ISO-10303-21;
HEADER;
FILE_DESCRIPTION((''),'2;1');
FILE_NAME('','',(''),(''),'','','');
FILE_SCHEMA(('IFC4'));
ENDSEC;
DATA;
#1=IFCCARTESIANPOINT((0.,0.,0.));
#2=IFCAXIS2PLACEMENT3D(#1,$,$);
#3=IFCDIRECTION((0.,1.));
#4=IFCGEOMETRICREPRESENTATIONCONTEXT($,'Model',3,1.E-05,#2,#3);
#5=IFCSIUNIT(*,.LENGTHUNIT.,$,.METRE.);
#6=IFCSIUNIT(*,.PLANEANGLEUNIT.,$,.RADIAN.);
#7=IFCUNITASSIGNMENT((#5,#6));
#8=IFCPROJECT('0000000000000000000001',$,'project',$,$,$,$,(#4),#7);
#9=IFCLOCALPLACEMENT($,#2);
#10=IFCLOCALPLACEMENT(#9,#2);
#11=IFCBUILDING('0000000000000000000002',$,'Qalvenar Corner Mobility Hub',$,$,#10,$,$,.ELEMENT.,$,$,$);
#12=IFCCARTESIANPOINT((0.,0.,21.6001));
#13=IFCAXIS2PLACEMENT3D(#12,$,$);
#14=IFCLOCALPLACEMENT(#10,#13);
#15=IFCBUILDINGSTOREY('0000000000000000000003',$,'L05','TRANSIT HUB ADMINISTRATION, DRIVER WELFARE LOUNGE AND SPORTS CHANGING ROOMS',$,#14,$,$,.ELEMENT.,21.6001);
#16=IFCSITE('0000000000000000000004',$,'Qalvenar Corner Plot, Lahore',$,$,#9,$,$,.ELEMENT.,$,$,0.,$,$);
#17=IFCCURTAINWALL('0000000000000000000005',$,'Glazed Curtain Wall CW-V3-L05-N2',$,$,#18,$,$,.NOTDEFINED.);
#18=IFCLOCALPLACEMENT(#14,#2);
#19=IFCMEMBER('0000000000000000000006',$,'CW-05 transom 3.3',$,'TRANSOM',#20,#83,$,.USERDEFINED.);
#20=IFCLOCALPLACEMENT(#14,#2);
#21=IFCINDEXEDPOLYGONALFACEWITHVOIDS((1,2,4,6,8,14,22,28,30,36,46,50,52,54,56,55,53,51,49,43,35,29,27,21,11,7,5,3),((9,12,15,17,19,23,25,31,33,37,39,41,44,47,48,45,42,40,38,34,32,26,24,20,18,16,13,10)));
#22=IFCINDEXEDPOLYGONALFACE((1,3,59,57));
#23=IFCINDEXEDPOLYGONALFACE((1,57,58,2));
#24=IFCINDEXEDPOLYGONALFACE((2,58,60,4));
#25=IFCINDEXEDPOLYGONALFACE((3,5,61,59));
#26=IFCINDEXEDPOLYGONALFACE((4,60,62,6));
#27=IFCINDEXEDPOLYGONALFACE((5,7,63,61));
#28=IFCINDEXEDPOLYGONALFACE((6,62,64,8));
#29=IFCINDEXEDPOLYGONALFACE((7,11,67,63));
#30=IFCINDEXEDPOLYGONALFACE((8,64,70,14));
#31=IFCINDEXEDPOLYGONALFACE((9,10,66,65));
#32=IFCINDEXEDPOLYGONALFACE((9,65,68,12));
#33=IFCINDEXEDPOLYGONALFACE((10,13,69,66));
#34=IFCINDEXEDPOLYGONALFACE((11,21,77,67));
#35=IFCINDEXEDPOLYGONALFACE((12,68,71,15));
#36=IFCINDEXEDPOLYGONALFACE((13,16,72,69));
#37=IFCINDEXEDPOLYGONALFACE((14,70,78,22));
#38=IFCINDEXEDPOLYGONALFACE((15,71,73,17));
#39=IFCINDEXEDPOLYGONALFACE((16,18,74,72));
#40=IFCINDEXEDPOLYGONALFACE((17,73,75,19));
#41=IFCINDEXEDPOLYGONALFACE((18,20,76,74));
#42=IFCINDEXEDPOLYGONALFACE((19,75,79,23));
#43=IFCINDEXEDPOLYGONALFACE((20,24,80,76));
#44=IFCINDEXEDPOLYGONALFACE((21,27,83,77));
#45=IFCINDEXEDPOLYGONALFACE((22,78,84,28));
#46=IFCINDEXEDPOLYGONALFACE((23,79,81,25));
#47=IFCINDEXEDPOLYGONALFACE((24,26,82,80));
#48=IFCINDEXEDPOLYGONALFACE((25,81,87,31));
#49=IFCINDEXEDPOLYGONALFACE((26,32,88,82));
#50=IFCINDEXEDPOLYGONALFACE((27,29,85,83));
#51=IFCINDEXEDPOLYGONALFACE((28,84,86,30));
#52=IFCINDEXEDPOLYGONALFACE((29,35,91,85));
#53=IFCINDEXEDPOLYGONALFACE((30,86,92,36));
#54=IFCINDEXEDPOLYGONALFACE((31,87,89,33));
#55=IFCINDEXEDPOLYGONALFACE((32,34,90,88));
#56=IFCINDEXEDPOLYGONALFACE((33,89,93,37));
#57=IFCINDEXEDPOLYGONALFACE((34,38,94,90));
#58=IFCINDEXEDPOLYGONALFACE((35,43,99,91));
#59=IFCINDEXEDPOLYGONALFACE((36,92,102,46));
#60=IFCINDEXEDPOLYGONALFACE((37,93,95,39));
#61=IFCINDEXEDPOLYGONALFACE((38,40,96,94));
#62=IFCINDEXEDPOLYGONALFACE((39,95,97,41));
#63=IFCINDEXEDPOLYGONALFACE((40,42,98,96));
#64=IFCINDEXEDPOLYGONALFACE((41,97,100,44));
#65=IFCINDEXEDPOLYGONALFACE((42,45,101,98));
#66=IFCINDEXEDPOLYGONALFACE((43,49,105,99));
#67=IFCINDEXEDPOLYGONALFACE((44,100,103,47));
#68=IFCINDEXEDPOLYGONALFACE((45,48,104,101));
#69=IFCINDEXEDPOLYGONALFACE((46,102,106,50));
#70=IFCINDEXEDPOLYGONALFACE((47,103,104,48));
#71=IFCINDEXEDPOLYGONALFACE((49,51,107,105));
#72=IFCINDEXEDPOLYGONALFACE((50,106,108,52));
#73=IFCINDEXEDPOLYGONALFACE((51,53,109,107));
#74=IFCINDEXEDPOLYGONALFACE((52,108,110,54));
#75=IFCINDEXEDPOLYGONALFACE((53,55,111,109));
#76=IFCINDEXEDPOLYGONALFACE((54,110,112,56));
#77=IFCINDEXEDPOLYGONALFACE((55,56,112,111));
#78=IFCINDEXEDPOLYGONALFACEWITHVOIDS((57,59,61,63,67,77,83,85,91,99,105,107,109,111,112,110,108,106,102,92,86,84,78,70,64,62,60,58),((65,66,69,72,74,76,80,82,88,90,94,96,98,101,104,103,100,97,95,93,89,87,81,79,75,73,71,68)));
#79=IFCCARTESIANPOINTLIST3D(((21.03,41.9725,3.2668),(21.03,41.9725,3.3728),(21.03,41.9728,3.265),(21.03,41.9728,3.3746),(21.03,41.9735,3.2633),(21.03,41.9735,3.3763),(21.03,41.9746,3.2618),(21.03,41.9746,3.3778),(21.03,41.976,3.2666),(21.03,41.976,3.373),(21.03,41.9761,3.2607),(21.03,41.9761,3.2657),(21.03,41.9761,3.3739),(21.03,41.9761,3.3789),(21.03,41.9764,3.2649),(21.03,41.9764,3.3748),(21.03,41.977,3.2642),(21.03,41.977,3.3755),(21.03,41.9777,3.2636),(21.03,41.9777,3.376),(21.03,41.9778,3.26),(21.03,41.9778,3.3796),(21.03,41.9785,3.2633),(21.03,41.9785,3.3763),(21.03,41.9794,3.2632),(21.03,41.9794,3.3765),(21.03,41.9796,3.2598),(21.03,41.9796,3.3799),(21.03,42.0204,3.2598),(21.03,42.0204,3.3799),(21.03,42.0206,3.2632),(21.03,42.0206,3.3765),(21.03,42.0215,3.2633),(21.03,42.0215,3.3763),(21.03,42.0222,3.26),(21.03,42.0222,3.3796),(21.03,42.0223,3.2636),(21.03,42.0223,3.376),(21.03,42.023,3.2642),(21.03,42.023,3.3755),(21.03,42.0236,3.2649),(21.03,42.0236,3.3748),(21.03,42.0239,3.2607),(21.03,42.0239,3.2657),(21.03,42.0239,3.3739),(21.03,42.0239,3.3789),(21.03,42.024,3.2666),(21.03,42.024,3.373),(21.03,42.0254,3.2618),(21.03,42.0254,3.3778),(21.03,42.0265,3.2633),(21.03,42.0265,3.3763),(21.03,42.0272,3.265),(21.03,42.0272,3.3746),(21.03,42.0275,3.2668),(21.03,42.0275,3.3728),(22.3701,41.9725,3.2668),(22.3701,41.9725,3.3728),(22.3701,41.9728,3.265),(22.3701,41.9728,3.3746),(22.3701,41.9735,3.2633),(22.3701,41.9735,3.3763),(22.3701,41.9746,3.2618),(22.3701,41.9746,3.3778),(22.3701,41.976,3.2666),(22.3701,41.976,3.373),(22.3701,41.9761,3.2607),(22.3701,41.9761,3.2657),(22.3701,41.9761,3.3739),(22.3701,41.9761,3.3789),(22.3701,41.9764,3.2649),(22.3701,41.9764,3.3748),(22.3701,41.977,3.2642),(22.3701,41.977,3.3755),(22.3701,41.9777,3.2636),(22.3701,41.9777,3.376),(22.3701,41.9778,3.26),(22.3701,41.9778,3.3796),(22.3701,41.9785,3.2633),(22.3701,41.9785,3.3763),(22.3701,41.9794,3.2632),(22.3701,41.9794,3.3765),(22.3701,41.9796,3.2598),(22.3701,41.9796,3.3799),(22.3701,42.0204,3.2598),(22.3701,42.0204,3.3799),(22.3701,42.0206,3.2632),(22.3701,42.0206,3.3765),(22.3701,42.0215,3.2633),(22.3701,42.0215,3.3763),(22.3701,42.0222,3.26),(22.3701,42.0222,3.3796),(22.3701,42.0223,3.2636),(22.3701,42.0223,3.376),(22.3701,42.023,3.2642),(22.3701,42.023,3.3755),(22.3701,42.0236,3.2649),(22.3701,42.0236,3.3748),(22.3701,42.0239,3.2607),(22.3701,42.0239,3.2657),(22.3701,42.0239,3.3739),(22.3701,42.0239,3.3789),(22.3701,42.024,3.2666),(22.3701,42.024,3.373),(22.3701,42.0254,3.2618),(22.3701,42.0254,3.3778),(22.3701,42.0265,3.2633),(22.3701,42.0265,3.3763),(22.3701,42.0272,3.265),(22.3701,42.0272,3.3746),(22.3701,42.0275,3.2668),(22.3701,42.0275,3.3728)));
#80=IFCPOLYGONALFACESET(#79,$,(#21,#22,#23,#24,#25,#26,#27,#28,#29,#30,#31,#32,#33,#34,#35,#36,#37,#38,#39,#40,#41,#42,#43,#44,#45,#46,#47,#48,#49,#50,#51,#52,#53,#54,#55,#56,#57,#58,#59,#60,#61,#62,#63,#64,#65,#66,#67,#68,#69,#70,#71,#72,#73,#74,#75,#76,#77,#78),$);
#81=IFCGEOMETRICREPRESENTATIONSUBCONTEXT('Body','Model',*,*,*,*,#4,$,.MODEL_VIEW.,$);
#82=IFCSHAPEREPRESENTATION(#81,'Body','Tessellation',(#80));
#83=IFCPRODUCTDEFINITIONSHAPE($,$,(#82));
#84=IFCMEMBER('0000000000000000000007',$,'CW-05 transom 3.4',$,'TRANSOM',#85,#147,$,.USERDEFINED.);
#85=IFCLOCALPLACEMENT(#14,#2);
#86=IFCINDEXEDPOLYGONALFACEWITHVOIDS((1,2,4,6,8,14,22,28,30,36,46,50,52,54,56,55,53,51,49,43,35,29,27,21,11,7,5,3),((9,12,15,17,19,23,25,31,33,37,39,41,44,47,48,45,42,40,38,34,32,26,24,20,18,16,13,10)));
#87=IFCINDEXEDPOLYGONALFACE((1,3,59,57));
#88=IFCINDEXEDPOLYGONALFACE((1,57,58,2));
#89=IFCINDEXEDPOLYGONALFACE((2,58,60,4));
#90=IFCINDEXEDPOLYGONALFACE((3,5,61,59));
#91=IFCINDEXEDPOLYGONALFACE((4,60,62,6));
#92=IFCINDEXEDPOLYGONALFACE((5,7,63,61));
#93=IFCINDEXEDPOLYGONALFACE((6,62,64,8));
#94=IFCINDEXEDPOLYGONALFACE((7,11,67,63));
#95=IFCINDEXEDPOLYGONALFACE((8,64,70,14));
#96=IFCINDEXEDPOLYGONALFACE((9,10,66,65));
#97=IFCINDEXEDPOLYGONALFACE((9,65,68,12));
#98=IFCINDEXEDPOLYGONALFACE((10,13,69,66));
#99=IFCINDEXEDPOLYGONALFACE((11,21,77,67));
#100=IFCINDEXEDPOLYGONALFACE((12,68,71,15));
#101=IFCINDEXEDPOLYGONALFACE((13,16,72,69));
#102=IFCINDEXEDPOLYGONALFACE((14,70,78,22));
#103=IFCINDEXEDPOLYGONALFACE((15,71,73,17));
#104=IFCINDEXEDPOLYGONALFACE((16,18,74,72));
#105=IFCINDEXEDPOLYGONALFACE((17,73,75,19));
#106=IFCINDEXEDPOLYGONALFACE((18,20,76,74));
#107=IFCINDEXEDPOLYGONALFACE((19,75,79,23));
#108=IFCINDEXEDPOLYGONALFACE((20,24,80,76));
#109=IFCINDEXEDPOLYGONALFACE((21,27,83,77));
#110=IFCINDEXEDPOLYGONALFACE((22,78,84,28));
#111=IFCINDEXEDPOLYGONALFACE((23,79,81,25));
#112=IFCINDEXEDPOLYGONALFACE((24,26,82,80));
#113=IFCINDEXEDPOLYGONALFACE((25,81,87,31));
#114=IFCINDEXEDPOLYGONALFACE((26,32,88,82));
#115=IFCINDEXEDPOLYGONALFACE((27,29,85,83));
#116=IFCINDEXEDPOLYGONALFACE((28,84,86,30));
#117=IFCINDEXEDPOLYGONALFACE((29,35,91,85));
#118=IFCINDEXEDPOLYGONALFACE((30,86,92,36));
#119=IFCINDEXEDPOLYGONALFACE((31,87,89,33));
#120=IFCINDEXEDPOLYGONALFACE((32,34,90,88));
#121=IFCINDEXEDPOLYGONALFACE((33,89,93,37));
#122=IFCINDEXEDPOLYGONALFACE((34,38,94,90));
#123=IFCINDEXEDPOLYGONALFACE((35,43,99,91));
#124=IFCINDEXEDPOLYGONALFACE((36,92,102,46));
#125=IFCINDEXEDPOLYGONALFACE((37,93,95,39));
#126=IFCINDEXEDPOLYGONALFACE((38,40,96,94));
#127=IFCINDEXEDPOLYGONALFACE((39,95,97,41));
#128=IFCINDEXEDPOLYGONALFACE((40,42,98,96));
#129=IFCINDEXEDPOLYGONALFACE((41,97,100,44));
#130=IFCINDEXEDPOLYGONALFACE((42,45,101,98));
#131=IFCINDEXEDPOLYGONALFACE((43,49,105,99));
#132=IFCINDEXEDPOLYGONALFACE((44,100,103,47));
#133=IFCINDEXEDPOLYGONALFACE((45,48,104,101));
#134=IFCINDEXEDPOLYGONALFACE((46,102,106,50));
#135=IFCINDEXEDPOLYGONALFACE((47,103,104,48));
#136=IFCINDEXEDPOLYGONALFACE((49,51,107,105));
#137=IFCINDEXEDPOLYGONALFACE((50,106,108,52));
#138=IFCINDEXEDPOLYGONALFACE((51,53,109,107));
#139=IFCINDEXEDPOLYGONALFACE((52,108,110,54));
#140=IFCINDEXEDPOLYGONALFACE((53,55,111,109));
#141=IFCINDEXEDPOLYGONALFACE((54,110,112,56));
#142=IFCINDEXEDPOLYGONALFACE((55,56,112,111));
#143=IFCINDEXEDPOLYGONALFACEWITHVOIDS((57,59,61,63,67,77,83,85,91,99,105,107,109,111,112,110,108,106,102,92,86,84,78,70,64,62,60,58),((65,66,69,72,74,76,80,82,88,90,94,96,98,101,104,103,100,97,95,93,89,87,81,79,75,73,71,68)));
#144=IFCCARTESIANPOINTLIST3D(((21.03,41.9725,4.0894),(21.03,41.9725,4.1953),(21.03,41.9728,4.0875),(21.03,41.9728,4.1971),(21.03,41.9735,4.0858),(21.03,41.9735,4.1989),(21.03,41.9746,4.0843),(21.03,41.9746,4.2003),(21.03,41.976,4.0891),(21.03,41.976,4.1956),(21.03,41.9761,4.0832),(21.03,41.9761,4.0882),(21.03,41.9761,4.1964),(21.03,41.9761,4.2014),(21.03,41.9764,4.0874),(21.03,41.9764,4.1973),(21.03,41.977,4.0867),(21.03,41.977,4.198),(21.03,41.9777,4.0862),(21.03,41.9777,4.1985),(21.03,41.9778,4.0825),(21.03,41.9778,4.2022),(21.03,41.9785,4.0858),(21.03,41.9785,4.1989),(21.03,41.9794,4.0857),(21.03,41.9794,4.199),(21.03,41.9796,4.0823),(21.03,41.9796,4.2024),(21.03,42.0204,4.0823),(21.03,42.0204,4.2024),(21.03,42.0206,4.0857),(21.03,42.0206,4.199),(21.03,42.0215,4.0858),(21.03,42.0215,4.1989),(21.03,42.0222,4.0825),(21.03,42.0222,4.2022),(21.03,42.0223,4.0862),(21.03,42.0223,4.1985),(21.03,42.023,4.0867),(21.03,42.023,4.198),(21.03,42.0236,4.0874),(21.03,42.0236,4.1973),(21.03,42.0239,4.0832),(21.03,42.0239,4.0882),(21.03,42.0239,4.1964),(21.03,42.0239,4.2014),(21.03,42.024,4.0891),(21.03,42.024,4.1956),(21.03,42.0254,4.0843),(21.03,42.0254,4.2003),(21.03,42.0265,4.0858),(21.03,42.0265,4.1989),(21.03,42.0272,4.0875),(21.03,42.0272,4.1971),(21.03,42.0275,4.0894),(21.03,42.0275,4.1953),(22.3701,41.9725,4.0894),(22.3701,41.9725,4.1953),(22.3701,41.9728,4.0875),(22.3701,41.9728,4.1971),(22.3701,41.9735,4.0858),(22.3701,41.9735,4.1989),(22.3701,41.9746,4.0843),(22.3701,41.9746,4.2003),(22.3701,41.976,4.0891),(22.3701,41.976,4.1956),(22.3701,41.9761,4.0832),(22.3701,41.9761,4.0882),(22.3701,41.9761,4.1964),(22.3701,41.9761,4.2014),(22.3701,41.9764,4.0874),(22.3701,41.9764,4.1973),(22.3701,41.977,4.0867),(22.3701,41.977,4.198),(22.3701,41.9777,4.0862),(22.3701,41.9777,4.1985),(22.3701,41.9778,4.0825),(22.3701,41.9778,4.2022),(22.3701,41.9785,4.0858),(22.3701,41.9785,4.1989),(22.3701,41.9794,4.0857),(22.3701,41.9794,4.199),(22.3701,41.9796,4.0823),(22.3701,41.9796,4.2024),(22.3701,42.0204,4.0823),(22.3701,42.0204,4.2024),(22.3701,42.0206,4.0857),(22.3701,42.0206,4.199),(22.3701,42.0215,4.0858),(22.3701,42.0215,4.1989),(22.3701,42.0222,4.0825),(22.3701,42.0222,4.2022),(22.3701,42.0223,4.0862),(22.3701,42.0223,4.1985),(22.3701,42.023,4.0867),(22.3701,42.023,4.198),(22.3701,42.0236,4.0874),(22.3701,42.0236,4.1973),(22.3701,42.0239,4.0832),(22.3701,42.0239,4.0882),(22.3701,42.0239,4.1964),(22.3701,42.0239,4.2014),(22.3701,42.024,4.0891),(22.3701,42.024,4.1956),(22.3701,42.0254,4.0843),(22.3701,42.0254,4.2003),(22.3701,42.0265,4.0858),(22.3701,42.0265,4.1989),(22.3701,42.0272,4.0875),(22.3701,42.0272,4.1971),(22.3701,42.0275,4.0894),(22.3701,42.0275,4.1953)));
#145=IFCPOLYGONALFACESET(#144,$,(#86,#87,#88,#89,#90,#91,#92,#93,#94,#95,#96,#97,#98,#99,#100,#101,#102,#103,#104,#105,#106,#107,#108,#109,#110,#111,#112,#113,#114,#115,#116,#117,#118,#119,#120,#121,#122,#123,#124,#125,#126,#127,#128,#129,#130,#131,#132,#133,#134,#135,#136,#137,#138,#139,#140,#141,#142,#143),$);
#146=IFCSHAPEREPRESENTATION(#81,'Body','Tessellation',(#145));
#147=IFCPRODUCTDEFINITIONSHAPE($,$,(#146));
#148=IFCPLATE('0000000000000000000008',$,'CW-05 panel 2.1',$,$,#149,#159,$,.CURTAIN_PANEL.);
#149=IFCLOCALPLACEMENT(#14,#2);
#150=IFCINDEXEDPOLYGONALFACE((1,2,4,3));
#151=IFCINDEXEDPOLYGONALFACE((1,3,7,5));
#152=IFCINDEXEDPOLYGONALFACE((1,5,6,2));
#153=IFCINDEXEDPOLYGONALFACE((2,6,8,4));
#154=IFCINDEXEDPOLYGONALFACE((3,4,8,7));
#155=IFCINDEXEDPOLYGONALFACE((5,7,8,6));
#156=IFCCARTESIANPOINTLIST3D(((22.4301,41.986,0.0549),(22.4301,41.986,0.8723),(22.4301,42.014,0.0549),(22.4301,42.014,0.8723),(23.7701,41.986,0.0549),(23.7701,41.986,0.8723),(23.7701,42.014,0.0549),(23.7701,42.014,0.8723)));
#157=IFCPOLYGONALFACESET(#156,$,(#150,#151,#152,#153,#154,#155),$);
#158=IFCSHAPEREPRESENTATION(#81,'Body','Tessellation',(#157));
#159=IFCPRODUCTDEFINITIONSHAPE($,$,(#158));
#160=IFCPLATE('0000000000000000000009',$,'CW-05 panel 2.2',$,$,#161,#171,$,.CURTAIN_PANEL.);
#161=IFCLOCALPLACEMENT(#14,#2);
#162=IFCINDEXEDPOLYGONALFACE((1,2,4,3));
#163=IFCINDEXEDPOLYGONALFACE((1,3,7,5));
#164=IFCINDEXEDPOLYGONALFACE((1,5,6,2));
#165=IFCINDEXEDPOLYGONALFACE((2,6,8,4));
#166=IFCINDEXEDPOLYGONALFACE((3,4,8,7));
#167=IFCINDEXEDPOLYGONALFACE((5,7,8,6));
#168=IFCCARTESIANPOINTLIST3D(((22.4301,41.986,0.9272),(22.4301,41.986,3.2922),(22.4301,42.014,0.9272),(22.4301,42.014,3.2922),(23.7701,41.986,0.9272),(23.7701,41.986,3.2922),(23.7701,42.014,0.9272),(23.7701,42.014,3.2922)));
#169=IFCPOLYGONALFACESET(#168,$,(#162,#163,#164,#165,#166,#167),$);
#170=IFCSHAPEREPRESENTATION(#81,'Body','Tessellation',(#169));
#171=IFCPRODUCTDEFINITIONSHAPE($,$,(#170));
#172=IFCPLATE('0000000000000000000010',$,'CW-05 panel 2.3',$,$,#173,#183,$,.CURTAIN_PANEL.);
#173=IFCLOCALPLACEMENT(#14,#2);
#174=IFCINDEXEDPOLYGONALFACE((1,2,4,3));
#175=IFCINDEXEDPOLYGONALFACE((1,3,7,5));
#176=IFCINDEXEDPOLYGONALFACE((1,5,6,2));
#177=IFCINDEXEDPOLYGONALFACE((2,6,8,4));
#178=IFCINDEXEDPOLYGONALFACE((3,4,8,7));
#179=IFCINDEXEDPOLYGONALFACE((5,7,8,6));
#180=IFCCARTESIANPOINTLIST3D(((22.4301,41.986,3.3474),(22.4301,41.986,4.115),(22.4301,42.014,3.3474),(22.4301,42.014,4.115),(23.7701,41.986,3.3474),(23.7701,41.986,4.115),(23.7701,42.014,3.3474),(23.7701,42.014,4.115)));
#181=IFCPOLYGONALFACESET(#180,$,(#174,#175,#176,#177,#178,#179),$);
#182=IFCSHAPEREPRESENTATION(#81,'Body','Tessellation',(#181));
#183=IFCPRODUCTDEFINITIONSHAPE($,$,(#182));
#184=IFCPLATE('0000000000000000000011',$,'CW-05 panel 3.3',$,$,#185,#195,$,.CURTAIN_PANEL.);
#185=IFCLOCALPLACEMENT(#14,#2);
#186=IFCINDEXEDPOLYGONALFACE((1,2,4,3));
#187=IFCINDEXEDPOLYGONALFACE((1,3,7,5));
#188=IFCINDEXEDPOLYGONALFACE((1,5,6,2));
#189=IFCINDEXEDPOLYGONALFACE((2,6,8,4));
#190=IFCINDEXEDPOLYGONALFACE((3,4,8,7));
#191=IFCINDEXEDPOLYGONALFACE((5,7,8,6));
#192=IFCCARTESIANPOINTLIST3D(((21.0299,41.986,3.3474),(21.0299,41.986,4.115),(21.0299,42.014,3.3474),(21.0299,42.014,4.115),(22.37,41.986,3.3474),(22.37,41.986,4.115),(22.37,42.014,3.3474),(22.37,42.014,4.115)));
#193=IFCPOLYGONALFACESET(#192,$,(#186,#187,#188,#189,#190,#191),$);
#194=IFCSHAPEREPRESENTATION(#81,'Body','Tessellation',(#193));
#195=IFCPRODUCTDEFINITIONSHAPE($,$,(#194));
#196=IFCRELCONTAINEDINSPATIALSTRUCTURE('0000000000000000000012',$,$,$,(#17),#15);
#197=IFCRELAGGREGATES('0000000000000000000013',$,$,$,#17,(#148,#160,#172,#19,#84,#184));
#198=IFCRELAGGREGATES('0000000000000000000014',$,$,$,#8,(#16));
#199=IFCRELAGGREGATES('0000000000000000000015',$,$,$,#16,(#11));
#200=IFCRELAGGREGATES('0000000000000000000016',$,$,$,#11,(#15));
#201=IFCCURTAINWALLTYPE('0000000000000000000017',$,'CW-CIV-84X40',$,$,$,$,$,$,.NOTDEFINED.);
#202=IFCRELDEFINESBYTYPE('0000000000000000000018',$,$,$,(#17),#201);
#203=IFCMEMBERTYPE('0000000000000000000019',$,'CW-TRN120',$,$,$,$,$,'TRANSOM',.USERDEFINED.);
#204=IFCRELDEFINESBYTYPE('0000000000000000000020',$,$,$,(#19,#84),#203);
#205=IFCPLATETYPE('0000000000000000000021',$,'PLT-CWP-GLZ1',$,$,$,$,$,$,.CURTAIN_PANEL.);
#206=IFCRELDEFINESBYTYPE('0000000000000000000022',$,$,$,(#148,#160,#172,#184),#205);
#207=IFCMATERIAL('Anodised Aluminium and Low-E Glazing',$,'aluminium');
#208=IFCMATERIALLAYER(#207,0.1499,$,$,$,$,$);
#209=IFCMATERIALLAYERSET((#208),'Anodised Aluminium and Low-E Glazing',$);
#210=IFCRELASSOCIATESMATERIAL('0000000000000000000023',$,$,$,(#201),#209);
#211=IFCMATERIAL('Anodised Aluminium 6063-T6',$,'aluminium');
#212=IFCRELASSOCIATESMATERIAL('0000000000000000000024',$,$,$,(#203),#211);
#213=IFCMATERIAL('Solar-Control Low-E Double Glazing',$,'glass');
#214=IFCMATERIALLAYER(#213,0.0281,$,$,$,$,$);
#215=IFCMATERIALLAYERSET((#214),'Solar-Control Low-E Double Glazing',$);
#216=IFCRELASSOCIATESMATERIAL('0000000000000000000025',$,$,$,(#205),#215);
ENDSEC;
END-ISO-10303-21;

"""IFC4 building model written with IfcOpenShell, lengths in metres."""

from ifc_helpers import new_model, si_unit, direction, frame, origin, origin_2d, place, context, subcontext, project, spatial, rectangle, hollow_rectangle, extrude, material, layer, layer_set, material_profile, profile_set, type_object, element, aggregate, save


model = new_model("IFC4")

# Units and contexts
model_context = context("Model", 3, precision=1e-05, world=origin(), true_north=direction((0.0, 1.0)))
body_context = subcontext(model_context, "Body", "Model", "MODEL_VIEW")
ifc_project = project(units=[si_unit("LENGTHUNIT", "METRE"), si_unit("PLANEANGLEUNIT", "RADIAN")], contexts=[model_context])

# Site, building, storey
site_placement = place(None, origin())
site = spatial("IfcSite", under=ifc_project, at=site_placement, Name="Qalvenar Corner Plot, Lahore", CompositionType="ELEMENT", RefElevation=0.0)
building_placement = place(site_placement, origin())
building = spatial("IfcBuilding", under=site, at=building_placement, Name="Qalvenar Corner Mobility Hub", CompositionType="ELEMENT")
storey_placement = place(building_placement, frame((0.0, 0.0, 21.6001)))
storey = spatial("IfcBuildingStorey", under=building, at=storey_placement, Name="L05", Description="TRANSIT HUB ADMINISTRATION, DRIVER WELFARE LOUNGE AND SPORTS CHANGING ROOMS", CompositionType="ELEMENT", Elevation=21.6001)

# Curtain wall, members, plates
ifc_material_1 = material(Name="Anodised Aluminium and Low-E Glazing", Category="aluminium")
ifc_layer_1 = layer(ifc_material_1, 0.1499)
ifc_layer_set_1 = layer_set([ifc_layer_1], Name="Anodised Aluminium and Low-E Glazing")
curtain_wall_type = type_object("IfcCurtainWallType", Name="CW-CIV-84X40", PredefinedType="NOTDEFINED", material=ifc_layer_set_1)
curtain_wall_placement = place(storey_placement, origin())
curtain_wall = element("IfcCurtainWall", 1, at=curtain_wall_placement, inside=storey, type_object=curtain_wall_type, Name="Glazed Curtain Wall CW-V3-L05-N2", PredefinedType="NOTDEFINED")
ifc_material_2 = material(Name="Anodised Aluminium 6063-T6", Category="aluminium")
ifc_material_profile_1 = material_profile(ifc_material_2, hollow_rectangle(XDim=0.0549, YDim=0.1201, WallThickness=0.0034, InnerFilletRadius=0.0034, OuterFilletRadius=0.0071, at=origin_2d()), Name="RHS120x55x3.5")
ifc_profile_set_1 = profile_set([ifc_material_profile_1], Name="Anodised Aluminium 6063-T6")
member_type_1 = type_object("IfcMemberType", Name="CW-TRN120", ElementType="TRANSOM", PredefinedType="USERDEFINED", material=ifc_profile_set_1)
member_1_placement = place(storey_placement, frame((22.3701, 42.0, 3.3198), z_axis=(-1.0, 0.0, 0.0), x_axis=(0.0, -1.0, 0.0)))
member_1 = element("IfcMember", 2, at=member_1_placement, type_object=member_type_1, Name="CW-05 transom 3.3", ObjectType="TRANSOM", PredefinedType="USERDEFINED", context=body_context, shape_type="SweptSolid", body=[
    extrude(hollow_rectangle(XDim=0.0549, YDim=0.1201, WallThickness=0.0034, InnerFilletRadius=0.0034, OuterFilletRadius=0.0071, at=origin_2d()), origin(), (0.0, 0.0, 1.0), 1.3401),
])
member_2_placement = place(storey_placement, frame((22.3701, 42.0, 4.1423), z_axis=(-1.0, 0.0, 0.0), x_axis=(0.0, -1.0, 0.0)))
member_2 = element("IfcMember", 3, at=member_2_placement, type_object=member_type_1, Name="CW-05 transom 3.4", ObjectType="TRANSOM", PredefinedType="USERDEFINED", context=body_context, shape_type="SweptSolid", body=[
    extrude(hollow_rectangle(XDim=0.0549, YDim=0.1201, WallThickness=0.0034, InnerFilletRadius=0.0034, OuterFilletRadius=0.0071, at=origin_2d()), origin(), (0.0, 0.0, 1.0), 1.3401),
])
ifc_material_3 = material(Name="Solar-Control Low-E Double Glazing", Category="glass")
ifc_layer_2 = layer(ifc_material_3, 0.0281)
ifc_layer_set_2 = layer_set([ifc_layer_2], Name="Solar-Control Low-E Double Glazing")
plate_type = type_object("IfcPlateType", Name="PLT-CWP-GLZ1", PredefinedType="CURTAIN_PANEL", material=ifc_layer_set_2)
plate_1_placement = place(storey_placement, frame((23.1001, 42.0, 0.0549), z_axis=(0.0, 0.0, 1.0), x_axis=(-1.0, 0.0, 0.0)))
plate_1 = element("IfcPlate", 4, at=plate_1_placement, type_object=plate_type, Name="CW-05 panel 2.1", PredefinedType="CURTAIN_PANEL", context=body_context, shape_type="SweptSolid", body=[
    extrude(rectangle(XDim=1.3401, YDim=0.0281, at=origin_2d()), origin(), (0.0, 0.0, 1.0), 0.8174),
])
plate_2_placement = place(storey_placement, frame((23.1001, 42.0, 0.9272), z_axis=(0.0, 0.0, 1.0), x_axis=(-1.0, 0.0, 0.0)))
plate_2 = element("IfcPlate", 5, at=plate_2_placement, type_object=plate_type, Name="CW-05 panel 2.2", PredefinedType="CURTAIN_PANEL", context=body_context, shape_type="SweptSolid", body=[
    extrude(rectangle(XDim=1.3401, YDim=0.0281, at=origin_2d()), origin(), (0.0, 0.0, 1.0), 2.365),
])
plate_3_placement = place(storey_placement, frame((23.1001, 42.0, 3.3474), z_axis=(0.0, 0.0, 1.0), x_axis=(-1.0, 0.0, 0.0)))
plate_3 = element("IfcPlate", 6, at=plate_3_placement, type_object=plate_type, Name="CW-05 panel 2.3", PredefinedType="CURTAIN_PANEL", context=body_context, shape_type="SweptSolid", body=[
    extrude(rectangle(XDim=1.3401, YDim=0.0281, at=origin_2d()), origin(), (0.0, 0.0, 1.0), 0.7676),
])
plate_4_placement = place(storey_placement, frame((21.7, 42.0, 3.3474), z_axis=(0.0, 0.0, 1.0), x_axis=(-1.0, 0.0, 0.0)))
plate_4 = element("IfcPlate", 7, at=plate_4_placement, type_object=plate_type, Name="CW-05 panel 3.3", PredefinedType="CURTAIN_PANEL", context=body_context, shape_type="SweptSolid", body=[
    extrude(rectangle(XDim=1.3401, YDim=0.0281, at=origin_2d()), origin(), (0.0, 0.0, 1.0), 0.7676),
])
aggregate(curtain_wall, [plate_1, plate_2, plate_3, member_1, member_2, plate_4])

save(model, "model.ifc")
